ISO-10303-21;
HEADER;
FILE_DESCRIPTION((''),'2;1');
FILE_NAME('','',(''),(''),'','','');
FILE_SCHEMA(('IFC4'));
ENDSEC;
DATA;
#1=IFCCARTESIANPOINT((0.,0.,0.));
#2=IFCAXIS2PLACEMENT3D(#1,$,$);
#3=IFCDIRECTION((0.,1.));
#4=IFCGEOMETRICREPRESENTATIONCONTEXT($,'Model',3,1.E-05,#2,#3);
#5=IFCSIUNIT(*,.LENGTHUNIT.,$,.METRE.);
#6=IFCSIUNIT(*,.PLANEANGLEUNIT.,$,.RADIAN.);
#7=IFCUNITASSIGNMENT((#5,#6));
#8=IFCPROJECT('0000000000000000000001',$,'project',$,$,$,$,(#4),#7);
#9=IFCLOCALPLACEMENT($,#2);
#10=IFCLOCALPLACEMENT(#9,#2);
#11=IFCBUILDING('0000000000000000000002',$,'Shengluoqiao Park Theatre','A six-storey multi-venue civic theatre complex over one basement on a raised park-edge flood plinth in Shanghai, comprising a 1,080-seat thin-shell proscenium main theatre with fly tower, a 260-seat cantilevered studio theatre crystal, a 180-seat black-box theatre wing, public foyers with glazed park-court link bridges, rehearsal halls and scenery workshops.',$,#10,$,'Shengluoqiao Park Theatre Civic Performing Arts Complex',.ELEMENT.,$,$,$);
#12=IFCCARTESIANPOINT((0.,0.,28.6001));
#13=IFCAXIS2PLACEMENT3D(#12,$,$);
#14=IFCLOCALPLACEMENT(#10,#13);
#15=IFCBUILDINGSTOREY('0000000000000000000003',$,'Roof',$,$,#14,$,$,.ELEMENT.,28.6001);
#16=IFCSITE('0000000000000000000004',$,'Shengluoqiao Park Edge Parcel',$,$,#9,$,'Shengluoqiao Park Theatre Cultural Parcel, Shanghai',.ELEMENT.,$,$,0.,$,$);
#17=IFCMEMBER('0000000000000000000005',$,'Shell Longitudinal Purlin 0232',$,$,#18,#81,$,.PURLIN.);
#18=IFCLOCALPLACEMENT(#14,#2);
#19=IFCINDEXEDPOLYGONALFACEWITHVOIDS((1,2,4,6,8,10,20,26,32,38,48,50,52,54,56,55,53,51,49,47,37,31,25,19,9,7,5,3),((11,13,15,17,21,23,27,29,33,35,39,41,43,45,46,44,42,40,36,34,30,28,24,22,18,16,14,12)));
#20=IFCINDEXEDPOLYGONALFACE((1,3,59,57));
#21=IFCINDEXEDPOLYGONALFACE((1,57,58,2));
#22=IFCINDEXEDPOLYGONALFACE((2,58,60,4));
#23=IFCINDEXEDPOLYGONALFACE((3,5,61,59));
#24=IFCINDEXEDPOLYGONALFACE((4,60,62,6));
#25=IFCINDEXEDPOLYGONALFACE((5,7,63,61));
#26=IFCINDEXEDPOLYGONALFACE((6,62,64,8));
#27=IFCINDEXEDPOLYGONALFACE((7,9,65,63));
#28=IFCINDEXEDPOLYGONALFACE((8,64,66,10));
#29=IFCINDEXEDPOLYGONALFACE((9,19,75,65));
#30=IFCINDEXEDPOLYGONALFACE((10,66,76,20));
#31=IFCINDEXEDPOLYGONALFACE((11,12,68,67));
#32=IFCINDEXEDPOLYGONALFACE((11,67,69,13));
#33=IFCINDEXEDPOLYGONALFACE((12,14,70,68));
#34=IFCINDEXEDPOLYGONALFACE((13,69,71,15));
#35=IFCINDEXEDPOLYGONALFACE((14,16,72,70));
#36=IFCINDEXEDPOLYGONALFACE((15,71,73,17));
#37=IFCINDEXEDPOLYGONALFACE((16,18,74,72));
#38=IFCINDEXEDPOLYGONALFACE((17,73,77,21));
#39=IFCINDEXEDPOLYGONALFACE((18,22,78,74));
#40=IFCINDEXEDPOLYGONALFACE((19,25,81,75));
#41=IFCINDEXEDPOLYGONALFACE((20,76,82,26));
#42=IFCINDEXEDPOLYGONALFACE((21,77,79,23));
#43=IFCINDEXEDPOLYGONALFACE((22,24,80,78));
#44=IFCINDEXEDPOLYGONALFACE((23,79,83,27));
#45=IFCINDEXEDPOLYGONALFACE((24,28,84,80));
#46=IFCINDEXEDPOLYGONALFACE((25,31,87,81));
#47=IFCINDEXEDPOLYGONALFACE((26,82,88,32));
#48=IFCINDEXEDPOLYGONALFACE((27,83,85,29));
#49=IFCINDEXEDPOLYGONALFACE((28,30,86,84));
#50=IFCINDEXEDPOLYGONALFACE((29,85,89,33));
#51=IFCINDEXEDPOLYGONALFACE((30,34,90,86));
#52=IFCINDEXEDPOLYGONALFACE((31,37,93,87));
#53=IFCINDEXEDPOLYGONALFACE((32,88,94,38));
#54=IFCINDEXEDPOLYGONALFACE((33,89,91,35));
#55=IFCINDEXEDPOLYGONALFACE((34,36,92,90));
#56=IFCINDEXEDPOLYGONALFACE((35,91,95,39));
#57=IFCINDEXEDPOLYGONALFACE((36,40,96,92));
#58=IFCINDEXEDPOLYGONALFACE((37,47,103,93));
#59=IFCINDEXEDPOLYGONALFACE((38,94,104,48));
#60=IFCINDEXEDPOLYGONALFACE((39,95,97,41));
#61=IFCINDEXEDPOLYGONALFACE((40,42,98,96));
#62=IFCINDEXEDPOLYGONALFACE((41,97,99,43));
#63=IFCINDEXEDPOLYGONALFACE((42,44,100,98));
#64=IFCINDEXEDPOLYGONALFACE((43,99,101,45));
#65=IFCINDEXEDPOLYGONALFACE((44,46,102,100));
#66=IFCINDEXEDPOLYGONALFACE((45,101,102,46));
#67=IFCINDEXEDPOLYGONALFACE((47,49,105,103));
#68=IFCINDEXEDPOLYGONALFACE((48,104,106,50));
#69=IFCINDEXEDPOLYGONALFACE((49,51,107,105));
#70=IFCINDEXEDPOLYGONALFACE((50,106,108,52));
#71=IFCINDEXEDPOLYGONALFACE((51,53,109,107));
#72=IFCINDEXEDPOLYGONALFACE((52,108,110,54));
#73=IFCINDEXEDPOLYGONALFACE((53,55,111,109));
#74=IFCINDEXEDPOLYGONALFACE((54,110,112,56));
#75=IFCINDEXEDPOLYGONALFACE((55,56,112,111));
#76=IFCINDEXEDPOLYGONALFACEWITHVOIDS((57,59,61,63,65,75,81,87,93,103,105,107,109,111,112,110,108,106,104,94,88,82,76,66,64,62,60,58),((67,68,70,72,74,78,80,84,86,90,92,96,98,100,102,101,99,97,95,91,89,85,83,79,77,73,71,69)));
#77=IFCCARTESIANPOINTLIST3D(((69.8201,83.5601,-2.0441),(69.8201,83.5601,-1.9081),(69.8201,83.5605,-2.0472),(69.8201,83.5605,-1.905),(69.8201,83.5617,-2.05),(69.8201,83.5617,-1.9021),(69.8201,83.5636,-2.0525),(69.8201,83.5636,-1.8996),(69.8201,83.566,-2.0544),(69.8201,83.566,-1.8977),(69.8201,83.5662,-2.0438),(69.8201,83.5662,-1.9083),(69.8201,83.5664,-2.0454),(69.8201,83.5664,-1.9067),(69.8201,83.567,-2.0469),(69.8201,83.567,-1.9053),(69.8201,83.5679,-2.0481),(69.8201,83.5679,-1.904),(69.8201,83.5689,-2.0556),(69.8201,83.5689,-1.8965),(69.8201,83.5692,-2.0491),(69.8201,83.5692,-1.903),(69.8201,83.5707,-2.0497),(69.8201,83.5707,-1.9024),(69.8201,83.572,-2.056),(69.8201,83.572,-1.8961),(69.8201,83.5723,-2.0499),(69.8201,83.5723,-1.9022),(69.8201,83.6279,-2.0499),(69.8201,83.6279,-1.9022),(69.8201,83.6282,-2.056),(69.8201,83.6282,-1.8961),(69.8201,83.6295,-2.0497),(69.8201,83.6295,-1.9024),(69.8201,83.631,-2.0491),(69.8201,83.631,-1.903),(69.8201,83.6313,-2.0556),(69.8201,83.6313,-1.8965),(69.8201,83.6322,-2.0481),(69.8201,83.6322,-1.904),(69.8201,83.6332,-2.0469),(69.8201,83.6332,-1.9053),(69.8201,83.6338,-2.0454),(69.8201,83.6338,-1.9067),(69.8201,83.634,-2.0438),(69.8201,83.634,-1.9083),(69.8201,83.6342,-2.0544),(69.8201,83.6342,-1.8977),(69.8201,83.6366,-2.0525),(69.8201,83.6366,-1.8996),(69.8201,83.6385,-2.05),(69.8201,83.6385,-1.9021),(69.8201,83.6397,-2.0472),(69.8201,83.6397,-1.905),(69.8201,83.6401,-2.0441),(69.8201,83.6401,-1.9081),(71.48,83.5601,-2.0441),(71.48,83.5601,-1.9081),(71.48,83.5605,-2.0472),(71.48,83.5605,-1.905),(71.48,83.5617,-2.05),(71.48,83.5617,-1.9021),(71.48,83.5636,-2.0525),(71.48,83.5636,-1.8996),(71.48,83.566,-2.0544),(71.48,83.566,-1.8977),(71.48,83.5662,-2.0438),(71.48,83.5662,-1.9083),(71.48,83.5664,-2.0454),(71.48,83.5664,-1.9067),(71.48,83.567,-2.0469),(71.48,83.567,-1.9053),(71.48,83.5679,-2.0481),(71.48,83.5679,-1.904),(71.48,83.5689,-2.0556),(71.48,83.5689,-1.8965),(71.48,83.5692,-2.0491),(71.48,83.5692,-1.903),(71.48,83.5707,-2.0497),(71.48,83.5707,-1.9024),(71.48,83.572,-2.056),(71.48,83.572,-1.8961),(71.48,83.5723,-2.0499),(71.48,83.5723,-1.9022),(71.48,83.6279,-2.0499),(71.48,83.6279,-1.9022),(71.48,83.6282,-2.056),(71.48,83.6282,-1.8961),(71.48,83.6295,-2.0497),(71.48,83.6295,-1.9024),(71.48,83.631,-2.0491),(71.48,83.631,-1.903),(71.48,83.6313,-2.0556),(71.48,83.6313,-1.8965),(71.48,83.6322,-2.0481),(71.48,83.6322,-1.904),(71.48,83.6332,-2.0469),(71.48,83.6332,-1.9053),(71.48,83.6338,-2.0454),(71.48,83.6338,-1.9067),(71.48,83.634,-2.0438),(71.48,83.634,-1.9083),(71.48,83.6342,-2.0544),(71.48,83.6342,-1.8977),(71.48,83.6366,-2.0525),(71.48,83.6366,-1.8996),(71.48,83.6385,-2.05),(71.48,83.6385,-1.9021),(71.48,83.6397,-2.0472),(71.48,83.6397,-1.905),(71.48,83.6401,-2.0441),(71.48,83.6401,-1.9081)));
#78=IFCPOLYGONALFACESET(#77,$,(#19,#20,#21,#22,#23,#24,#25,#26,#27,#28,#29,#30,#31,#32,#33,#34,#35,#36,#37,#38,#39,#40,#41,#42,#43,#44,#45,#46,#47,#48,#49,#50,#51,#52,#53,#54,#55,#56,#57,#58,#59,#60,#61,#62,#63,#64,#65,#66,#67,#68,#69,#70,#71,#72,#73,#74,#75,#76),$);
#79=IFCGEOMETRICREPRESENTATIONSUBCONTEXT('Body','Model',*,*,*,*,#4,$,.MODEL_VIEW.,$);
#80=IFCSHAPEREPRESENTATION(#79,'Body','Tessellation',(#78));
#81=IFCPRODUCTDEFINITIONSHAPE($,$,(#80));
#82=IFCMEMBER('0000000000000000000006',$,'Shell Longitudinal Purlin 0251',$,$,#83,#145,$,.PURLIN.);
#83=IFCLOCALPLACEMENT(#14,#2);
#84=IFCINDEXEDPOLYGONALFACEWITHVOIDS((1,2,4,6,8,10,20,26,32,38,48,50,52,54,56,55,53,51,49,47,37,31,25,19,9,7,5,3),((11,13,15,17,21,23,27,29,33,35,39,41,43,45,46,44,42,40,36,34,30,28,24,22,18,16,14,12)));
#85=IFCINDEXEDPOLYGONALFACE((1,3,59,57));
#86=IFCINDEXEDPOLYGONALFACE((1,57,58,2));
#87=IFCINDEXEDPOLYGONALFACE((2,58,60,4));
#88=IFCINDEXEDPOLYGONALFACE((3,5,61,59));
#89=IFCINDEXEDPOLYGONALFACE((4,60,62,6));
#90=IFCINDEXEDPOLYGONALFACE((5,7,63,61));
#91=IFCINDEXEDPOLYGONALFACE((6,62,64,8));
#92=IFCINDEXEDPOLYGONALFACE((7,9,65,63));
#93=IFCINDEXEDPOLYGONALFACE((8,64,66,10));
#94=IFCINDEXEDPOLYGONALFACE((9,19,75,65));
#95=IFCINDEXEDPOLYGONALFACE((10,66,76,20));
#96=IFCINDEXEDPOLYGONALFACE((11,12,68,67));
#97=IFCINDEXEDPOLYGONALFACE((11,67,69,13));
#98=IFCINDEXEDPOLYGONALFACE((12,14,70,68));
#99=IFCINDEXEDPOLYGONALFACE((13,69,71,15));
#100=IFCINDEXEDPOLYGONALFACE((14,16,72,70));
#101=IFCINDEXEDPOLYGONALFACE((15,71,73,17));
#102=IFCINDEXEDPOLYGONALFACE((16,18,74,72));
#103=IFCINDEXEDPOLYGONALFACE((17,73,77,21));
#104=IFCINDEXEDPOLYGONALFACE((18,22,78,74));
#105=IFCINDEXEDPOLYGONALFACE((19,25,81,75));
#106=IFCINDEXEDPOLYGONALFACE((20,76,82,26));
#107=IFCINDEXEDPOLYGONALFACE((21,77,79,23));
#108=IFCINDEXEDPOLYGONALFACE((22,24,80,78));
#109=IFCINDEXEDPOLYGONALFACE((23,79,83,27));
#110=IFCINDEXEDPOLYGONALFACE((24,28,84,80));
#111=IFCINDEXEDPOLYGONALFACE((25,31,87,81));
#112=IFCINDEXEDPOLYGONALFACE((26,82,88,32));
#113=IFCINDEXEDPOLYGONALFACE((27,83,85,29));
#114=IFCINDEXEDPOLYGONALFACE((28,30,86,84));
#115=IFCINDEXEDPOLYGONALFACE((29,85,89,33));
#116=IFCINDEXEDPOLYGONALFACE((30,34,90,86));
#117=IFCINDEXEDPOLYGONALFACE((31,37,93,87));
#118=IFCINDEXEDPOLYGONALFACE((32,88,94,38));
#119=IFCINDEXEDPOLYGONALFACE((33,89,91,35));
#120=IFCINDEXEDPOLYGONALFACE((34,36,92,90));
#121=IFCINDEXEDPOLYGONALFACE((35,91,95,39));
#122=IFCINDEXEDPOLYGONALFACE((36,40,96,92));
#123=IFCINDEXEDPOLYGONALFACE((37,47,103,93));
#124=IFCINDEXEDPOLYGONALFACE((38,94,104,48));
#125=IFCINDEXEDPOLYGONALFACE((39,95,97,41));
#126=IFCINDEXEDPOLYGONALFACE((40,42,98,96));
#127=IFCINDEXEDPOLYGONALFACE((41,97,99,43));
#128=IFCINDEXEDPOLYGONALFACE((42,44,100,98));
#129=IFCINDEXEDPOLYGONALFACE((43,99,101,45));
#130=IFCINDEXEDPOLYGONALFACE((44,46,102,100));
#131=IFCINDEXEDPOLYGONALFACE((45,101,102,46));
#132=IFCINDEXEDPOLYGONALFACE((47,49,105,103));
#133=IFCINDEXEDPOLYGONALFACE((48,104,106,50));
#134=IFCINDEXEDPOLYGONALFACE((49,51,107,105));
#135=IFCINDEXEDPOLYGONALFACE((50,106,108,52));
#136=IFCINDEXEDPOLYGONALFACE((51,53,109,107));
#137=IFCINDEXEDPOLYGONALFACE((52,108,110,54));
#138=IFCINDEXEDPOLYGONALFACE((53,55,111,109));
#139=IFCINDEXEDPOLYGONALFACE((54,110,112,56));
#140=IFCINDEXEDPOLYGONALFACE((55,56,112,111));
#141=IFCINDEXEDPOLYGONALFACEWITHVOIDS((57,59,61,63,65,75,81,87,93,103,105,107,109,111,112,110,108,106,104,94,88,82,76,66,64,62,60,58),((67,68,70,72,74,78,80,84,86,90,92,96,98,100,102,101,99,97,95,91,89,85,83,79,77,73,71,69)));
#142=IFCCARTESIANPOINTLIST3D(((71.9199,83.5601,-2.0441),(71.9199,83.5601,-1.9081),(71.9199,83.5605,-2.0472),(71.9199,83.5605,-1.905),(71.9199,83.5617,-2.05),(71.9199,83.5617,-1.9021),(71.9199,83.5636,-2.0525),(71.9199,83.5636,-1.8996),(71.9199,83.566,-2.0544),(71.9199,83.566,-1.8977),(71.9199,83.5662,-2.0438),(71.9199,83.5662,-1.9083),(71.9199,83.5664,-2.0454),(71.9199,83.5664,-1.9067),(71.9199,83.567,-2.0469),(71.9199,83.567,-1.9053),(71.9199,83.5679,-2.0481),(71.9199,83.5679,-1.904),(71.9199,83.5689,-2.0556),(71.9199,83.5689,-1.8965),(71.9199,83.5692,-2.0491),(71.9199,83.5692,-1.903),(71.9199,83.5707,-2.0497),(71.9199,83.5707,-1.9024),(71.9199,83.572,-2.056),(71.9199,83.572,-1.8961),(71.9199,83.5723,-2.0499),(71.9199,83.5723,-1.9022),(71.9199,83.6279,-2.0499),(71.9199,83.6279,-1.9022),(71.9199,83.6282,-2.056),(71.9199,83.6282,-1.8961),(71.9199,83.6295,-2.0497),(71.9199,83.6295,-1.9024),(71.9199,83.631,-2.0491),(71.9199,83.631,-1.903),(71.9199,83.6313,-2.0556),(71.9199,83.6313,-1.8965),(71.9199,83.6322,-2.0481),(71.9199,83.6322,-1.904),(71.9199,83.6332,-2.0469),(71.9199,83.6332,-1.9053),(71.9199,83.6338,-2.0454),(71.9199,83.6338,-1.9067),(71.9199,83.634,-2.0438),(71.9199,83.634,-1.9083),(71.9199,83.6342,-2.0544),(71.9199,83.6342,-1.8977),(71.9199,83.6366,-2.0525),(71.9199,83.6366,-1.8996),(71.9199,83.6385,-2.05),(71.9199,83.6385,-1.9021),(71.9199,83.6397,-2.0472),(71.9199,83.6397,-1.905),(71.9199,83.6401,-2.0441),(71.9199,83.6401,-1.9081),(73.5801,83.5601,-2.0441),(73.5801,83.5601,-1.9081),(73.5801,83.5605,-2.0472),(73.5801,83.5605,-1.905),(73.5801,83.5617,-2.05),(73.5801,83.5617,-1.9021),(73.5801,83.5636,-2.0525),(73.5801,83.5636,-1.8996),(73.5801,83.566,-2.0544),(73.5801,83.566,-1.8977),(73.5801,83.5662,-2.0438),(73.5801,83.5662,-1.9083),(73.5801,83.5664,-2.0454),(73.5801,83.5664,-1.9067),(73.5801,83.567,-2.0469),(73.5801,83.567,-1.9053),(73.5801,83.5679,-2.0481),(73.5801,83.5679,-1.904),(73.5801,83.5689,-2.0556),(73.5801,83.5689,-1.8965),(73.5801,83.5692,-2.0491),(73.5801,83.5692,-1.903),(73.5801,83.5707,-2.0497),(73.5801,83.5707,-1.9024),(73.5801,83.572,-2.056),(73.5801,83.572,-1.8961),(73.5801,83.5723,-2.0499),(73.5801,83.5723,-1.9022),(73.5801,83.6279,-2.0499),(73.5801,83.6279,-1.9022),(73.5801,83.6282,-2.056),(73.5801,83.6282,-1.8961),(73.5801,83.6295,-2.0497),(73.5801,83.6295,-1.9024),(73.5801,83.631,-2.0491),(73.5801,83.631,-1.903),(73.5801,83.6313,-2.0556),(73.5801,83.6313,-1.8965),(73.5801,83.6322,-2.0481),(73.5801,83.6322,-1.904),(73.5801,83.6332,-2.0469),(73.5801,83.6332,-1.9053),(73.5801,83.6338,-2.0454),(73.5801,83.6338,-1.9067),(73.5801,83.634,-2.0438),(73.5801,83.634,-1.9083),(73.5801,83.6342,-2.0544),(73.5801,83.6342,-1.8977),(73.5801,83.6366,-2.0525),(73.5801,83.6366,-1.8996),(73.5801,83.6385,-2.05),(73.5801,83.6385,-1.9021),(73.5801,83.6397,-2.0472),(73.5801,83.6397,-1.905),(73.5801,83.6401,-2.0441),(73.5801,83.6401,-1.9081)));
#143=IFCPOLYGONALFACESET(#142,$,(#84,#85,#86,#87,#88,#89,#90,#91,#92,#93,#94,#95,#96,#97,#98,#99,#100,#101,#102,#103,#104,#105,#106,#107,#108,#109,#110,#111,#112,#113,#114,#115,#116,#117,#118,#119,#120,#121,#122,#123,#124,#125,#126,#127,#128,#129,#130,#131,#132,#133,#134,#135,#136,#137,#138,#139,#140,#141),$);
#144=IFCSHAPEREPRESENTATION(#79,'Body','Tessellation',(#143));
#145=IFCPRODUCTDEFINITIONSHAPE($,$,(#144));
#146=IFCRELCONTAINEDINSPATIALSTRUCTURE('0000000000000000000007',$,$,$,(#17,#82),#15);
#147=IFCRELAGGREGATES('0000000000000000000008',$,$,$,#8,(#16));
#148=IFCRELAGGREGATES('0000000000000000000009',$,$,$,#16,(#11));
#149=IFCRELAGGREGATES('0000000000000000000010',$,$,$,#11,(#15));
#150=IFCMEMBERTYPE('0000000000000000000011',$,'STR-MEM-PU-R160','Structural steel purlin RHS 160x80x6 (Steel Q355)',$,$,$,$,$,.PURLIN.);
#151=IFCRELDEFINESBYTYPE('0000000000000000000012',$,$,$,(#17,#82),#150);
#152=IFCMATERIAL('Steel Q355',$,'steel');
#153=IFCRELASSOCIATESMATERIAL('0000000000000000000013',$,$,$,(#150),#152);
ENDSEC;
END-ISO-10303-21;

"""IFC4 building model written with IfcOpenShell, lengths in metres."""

from ifc_helpers import new_model, si_unit, direction, frame, origin, origin_2d, place, context, subcontext, project, spatial, hollow_rectangle, extrude, material, material_profile, profile_set, type_object, element, save


model = new_model("IFC4")

# Units and contexts
model_context = context("Model", 3, precision=1e-05, world=origin(), true_north=direction((0.0, 1.0)))
body_context = subcontext(model_context, "Body", "Model", "MODEL_VIEW")
ifc_project = project(units=[si_unit("LENGTHUNIT", "METRE"), si_unit("PLANEANGLEUNIT", "RADIAN")], contexts=[model_context])

# Site, building, storey
site_placement = place(None, origin())
site = spatial("IfcSite", under=ifc_project, at=site_placement, Name="Shengluoqiao Park Edge Parcel", LongName="Shengluoqiao Park Theatre Cultural Parcel, Shanghai", CompositionType="ELEMENT", RefElevation=0.0)
building_placement = place(site_placement, origin())
building = spatial("IfcBuilding", under=site, at=building_placement, Name="Shengluoqiao Park Theatre", Description="A six-storey multi-venue civic theatre complex over one basement on a raised park-edge flood plinth in Shanghai, comprising a 1,080-seat thin-shell proscenium main theatre with fly tower, a 260-seat cantilevered studio theatre crystal, a 180-seat black-box theatre wing, public foyers with glazed park-court link bridges, rehearsal halls and scenery workshops.", LongName="Shengluoqiao Park Theatre Civic Performing Arts Complex", CompositionType="ELEMENT")
storey_placement = place(building_placement, frame((0.0, 0.0, 28.6001)))
storey = spatial("IfcBuildingStorey", under=building, at=storey_placement, Name="Roof", CompositionType="ELEMENT", Elevation=28.6001)

# Shared definitions
ifc_material_1 = material(Name="Steel Q355", Category="steel")

# Members
ifc_material_profile_1 = material_profile(ifc_material_1, hollow_rectangle(XDim=0.0801, YDim=0.1599, WallThickness=0.0061, InnerFilletRadius=0.0061, OuterFilletRadius=0.012, at=origin_2d()), Name="RHS 160x80x6")
ifc_profile_set_1 = profile_set([ifc_material_profile_1], Name="Steel Q355")
member_type_1 = type_object("IfcMemberType", Name="STR-MEM-PU-R160", Description="Structural steel purlin RHS 160x80x6 (Steel Q355)", PredefinedType="PURLIN", material=ifc_profile_set_1)
for number, where, z_axis, x_axis, name in (
    (1, (69.8201, 83.6001, -1.9761), (1.0, 0.0, 0.0), (0.0, 1.0, 0.0), "Shell Longitudinal Purlin 0232"),
):
    element("IfcMember", number, at=place(storey_placement, frame(where, z_axis=z_axis, x_axis=x_axis)), inside=storey, type_object=member_type_1, Name=name, PredefinedType="PURLIN", context=body_context, shape_type="SweptSolid", body=[
        extrude(hollow_rectangle(XDim=0.0801, YDim=0.1599, WallThickness=0.0061, InnerFilletRadius=0.0061, OuterFilletRadius=0.012, at=origin_2d()), origin(), (0.0, 0.0, 1.0), 1.6599),
    ])
member_1_placement = place(storey_placement, frame((71.9199, 83.6001, -1.9761), z_axis=(1.0, 0.0, 0.0), x_axis=(0.0, 1.0, 0.0)))
element("IfcMember", 2, at=member_1_placement, inside=storey, type_object=member_type_1, Name="Shell Longitudinal Purlin 0251", PredefinedType="PURLIN", context=body_context, shape_type="SweptSolid", body=[
    extrude(hollow_rectangle(XDim=0.0801, YDim=0.1599, WallThickness=0.0061, InnerFilletRadius=0.0061, OuterFilletRadius=0.012, at=origin_2d()), origin(), (0.0, 0.0, 1.0), 1.6602),
])

save(model, "model.ifc")
